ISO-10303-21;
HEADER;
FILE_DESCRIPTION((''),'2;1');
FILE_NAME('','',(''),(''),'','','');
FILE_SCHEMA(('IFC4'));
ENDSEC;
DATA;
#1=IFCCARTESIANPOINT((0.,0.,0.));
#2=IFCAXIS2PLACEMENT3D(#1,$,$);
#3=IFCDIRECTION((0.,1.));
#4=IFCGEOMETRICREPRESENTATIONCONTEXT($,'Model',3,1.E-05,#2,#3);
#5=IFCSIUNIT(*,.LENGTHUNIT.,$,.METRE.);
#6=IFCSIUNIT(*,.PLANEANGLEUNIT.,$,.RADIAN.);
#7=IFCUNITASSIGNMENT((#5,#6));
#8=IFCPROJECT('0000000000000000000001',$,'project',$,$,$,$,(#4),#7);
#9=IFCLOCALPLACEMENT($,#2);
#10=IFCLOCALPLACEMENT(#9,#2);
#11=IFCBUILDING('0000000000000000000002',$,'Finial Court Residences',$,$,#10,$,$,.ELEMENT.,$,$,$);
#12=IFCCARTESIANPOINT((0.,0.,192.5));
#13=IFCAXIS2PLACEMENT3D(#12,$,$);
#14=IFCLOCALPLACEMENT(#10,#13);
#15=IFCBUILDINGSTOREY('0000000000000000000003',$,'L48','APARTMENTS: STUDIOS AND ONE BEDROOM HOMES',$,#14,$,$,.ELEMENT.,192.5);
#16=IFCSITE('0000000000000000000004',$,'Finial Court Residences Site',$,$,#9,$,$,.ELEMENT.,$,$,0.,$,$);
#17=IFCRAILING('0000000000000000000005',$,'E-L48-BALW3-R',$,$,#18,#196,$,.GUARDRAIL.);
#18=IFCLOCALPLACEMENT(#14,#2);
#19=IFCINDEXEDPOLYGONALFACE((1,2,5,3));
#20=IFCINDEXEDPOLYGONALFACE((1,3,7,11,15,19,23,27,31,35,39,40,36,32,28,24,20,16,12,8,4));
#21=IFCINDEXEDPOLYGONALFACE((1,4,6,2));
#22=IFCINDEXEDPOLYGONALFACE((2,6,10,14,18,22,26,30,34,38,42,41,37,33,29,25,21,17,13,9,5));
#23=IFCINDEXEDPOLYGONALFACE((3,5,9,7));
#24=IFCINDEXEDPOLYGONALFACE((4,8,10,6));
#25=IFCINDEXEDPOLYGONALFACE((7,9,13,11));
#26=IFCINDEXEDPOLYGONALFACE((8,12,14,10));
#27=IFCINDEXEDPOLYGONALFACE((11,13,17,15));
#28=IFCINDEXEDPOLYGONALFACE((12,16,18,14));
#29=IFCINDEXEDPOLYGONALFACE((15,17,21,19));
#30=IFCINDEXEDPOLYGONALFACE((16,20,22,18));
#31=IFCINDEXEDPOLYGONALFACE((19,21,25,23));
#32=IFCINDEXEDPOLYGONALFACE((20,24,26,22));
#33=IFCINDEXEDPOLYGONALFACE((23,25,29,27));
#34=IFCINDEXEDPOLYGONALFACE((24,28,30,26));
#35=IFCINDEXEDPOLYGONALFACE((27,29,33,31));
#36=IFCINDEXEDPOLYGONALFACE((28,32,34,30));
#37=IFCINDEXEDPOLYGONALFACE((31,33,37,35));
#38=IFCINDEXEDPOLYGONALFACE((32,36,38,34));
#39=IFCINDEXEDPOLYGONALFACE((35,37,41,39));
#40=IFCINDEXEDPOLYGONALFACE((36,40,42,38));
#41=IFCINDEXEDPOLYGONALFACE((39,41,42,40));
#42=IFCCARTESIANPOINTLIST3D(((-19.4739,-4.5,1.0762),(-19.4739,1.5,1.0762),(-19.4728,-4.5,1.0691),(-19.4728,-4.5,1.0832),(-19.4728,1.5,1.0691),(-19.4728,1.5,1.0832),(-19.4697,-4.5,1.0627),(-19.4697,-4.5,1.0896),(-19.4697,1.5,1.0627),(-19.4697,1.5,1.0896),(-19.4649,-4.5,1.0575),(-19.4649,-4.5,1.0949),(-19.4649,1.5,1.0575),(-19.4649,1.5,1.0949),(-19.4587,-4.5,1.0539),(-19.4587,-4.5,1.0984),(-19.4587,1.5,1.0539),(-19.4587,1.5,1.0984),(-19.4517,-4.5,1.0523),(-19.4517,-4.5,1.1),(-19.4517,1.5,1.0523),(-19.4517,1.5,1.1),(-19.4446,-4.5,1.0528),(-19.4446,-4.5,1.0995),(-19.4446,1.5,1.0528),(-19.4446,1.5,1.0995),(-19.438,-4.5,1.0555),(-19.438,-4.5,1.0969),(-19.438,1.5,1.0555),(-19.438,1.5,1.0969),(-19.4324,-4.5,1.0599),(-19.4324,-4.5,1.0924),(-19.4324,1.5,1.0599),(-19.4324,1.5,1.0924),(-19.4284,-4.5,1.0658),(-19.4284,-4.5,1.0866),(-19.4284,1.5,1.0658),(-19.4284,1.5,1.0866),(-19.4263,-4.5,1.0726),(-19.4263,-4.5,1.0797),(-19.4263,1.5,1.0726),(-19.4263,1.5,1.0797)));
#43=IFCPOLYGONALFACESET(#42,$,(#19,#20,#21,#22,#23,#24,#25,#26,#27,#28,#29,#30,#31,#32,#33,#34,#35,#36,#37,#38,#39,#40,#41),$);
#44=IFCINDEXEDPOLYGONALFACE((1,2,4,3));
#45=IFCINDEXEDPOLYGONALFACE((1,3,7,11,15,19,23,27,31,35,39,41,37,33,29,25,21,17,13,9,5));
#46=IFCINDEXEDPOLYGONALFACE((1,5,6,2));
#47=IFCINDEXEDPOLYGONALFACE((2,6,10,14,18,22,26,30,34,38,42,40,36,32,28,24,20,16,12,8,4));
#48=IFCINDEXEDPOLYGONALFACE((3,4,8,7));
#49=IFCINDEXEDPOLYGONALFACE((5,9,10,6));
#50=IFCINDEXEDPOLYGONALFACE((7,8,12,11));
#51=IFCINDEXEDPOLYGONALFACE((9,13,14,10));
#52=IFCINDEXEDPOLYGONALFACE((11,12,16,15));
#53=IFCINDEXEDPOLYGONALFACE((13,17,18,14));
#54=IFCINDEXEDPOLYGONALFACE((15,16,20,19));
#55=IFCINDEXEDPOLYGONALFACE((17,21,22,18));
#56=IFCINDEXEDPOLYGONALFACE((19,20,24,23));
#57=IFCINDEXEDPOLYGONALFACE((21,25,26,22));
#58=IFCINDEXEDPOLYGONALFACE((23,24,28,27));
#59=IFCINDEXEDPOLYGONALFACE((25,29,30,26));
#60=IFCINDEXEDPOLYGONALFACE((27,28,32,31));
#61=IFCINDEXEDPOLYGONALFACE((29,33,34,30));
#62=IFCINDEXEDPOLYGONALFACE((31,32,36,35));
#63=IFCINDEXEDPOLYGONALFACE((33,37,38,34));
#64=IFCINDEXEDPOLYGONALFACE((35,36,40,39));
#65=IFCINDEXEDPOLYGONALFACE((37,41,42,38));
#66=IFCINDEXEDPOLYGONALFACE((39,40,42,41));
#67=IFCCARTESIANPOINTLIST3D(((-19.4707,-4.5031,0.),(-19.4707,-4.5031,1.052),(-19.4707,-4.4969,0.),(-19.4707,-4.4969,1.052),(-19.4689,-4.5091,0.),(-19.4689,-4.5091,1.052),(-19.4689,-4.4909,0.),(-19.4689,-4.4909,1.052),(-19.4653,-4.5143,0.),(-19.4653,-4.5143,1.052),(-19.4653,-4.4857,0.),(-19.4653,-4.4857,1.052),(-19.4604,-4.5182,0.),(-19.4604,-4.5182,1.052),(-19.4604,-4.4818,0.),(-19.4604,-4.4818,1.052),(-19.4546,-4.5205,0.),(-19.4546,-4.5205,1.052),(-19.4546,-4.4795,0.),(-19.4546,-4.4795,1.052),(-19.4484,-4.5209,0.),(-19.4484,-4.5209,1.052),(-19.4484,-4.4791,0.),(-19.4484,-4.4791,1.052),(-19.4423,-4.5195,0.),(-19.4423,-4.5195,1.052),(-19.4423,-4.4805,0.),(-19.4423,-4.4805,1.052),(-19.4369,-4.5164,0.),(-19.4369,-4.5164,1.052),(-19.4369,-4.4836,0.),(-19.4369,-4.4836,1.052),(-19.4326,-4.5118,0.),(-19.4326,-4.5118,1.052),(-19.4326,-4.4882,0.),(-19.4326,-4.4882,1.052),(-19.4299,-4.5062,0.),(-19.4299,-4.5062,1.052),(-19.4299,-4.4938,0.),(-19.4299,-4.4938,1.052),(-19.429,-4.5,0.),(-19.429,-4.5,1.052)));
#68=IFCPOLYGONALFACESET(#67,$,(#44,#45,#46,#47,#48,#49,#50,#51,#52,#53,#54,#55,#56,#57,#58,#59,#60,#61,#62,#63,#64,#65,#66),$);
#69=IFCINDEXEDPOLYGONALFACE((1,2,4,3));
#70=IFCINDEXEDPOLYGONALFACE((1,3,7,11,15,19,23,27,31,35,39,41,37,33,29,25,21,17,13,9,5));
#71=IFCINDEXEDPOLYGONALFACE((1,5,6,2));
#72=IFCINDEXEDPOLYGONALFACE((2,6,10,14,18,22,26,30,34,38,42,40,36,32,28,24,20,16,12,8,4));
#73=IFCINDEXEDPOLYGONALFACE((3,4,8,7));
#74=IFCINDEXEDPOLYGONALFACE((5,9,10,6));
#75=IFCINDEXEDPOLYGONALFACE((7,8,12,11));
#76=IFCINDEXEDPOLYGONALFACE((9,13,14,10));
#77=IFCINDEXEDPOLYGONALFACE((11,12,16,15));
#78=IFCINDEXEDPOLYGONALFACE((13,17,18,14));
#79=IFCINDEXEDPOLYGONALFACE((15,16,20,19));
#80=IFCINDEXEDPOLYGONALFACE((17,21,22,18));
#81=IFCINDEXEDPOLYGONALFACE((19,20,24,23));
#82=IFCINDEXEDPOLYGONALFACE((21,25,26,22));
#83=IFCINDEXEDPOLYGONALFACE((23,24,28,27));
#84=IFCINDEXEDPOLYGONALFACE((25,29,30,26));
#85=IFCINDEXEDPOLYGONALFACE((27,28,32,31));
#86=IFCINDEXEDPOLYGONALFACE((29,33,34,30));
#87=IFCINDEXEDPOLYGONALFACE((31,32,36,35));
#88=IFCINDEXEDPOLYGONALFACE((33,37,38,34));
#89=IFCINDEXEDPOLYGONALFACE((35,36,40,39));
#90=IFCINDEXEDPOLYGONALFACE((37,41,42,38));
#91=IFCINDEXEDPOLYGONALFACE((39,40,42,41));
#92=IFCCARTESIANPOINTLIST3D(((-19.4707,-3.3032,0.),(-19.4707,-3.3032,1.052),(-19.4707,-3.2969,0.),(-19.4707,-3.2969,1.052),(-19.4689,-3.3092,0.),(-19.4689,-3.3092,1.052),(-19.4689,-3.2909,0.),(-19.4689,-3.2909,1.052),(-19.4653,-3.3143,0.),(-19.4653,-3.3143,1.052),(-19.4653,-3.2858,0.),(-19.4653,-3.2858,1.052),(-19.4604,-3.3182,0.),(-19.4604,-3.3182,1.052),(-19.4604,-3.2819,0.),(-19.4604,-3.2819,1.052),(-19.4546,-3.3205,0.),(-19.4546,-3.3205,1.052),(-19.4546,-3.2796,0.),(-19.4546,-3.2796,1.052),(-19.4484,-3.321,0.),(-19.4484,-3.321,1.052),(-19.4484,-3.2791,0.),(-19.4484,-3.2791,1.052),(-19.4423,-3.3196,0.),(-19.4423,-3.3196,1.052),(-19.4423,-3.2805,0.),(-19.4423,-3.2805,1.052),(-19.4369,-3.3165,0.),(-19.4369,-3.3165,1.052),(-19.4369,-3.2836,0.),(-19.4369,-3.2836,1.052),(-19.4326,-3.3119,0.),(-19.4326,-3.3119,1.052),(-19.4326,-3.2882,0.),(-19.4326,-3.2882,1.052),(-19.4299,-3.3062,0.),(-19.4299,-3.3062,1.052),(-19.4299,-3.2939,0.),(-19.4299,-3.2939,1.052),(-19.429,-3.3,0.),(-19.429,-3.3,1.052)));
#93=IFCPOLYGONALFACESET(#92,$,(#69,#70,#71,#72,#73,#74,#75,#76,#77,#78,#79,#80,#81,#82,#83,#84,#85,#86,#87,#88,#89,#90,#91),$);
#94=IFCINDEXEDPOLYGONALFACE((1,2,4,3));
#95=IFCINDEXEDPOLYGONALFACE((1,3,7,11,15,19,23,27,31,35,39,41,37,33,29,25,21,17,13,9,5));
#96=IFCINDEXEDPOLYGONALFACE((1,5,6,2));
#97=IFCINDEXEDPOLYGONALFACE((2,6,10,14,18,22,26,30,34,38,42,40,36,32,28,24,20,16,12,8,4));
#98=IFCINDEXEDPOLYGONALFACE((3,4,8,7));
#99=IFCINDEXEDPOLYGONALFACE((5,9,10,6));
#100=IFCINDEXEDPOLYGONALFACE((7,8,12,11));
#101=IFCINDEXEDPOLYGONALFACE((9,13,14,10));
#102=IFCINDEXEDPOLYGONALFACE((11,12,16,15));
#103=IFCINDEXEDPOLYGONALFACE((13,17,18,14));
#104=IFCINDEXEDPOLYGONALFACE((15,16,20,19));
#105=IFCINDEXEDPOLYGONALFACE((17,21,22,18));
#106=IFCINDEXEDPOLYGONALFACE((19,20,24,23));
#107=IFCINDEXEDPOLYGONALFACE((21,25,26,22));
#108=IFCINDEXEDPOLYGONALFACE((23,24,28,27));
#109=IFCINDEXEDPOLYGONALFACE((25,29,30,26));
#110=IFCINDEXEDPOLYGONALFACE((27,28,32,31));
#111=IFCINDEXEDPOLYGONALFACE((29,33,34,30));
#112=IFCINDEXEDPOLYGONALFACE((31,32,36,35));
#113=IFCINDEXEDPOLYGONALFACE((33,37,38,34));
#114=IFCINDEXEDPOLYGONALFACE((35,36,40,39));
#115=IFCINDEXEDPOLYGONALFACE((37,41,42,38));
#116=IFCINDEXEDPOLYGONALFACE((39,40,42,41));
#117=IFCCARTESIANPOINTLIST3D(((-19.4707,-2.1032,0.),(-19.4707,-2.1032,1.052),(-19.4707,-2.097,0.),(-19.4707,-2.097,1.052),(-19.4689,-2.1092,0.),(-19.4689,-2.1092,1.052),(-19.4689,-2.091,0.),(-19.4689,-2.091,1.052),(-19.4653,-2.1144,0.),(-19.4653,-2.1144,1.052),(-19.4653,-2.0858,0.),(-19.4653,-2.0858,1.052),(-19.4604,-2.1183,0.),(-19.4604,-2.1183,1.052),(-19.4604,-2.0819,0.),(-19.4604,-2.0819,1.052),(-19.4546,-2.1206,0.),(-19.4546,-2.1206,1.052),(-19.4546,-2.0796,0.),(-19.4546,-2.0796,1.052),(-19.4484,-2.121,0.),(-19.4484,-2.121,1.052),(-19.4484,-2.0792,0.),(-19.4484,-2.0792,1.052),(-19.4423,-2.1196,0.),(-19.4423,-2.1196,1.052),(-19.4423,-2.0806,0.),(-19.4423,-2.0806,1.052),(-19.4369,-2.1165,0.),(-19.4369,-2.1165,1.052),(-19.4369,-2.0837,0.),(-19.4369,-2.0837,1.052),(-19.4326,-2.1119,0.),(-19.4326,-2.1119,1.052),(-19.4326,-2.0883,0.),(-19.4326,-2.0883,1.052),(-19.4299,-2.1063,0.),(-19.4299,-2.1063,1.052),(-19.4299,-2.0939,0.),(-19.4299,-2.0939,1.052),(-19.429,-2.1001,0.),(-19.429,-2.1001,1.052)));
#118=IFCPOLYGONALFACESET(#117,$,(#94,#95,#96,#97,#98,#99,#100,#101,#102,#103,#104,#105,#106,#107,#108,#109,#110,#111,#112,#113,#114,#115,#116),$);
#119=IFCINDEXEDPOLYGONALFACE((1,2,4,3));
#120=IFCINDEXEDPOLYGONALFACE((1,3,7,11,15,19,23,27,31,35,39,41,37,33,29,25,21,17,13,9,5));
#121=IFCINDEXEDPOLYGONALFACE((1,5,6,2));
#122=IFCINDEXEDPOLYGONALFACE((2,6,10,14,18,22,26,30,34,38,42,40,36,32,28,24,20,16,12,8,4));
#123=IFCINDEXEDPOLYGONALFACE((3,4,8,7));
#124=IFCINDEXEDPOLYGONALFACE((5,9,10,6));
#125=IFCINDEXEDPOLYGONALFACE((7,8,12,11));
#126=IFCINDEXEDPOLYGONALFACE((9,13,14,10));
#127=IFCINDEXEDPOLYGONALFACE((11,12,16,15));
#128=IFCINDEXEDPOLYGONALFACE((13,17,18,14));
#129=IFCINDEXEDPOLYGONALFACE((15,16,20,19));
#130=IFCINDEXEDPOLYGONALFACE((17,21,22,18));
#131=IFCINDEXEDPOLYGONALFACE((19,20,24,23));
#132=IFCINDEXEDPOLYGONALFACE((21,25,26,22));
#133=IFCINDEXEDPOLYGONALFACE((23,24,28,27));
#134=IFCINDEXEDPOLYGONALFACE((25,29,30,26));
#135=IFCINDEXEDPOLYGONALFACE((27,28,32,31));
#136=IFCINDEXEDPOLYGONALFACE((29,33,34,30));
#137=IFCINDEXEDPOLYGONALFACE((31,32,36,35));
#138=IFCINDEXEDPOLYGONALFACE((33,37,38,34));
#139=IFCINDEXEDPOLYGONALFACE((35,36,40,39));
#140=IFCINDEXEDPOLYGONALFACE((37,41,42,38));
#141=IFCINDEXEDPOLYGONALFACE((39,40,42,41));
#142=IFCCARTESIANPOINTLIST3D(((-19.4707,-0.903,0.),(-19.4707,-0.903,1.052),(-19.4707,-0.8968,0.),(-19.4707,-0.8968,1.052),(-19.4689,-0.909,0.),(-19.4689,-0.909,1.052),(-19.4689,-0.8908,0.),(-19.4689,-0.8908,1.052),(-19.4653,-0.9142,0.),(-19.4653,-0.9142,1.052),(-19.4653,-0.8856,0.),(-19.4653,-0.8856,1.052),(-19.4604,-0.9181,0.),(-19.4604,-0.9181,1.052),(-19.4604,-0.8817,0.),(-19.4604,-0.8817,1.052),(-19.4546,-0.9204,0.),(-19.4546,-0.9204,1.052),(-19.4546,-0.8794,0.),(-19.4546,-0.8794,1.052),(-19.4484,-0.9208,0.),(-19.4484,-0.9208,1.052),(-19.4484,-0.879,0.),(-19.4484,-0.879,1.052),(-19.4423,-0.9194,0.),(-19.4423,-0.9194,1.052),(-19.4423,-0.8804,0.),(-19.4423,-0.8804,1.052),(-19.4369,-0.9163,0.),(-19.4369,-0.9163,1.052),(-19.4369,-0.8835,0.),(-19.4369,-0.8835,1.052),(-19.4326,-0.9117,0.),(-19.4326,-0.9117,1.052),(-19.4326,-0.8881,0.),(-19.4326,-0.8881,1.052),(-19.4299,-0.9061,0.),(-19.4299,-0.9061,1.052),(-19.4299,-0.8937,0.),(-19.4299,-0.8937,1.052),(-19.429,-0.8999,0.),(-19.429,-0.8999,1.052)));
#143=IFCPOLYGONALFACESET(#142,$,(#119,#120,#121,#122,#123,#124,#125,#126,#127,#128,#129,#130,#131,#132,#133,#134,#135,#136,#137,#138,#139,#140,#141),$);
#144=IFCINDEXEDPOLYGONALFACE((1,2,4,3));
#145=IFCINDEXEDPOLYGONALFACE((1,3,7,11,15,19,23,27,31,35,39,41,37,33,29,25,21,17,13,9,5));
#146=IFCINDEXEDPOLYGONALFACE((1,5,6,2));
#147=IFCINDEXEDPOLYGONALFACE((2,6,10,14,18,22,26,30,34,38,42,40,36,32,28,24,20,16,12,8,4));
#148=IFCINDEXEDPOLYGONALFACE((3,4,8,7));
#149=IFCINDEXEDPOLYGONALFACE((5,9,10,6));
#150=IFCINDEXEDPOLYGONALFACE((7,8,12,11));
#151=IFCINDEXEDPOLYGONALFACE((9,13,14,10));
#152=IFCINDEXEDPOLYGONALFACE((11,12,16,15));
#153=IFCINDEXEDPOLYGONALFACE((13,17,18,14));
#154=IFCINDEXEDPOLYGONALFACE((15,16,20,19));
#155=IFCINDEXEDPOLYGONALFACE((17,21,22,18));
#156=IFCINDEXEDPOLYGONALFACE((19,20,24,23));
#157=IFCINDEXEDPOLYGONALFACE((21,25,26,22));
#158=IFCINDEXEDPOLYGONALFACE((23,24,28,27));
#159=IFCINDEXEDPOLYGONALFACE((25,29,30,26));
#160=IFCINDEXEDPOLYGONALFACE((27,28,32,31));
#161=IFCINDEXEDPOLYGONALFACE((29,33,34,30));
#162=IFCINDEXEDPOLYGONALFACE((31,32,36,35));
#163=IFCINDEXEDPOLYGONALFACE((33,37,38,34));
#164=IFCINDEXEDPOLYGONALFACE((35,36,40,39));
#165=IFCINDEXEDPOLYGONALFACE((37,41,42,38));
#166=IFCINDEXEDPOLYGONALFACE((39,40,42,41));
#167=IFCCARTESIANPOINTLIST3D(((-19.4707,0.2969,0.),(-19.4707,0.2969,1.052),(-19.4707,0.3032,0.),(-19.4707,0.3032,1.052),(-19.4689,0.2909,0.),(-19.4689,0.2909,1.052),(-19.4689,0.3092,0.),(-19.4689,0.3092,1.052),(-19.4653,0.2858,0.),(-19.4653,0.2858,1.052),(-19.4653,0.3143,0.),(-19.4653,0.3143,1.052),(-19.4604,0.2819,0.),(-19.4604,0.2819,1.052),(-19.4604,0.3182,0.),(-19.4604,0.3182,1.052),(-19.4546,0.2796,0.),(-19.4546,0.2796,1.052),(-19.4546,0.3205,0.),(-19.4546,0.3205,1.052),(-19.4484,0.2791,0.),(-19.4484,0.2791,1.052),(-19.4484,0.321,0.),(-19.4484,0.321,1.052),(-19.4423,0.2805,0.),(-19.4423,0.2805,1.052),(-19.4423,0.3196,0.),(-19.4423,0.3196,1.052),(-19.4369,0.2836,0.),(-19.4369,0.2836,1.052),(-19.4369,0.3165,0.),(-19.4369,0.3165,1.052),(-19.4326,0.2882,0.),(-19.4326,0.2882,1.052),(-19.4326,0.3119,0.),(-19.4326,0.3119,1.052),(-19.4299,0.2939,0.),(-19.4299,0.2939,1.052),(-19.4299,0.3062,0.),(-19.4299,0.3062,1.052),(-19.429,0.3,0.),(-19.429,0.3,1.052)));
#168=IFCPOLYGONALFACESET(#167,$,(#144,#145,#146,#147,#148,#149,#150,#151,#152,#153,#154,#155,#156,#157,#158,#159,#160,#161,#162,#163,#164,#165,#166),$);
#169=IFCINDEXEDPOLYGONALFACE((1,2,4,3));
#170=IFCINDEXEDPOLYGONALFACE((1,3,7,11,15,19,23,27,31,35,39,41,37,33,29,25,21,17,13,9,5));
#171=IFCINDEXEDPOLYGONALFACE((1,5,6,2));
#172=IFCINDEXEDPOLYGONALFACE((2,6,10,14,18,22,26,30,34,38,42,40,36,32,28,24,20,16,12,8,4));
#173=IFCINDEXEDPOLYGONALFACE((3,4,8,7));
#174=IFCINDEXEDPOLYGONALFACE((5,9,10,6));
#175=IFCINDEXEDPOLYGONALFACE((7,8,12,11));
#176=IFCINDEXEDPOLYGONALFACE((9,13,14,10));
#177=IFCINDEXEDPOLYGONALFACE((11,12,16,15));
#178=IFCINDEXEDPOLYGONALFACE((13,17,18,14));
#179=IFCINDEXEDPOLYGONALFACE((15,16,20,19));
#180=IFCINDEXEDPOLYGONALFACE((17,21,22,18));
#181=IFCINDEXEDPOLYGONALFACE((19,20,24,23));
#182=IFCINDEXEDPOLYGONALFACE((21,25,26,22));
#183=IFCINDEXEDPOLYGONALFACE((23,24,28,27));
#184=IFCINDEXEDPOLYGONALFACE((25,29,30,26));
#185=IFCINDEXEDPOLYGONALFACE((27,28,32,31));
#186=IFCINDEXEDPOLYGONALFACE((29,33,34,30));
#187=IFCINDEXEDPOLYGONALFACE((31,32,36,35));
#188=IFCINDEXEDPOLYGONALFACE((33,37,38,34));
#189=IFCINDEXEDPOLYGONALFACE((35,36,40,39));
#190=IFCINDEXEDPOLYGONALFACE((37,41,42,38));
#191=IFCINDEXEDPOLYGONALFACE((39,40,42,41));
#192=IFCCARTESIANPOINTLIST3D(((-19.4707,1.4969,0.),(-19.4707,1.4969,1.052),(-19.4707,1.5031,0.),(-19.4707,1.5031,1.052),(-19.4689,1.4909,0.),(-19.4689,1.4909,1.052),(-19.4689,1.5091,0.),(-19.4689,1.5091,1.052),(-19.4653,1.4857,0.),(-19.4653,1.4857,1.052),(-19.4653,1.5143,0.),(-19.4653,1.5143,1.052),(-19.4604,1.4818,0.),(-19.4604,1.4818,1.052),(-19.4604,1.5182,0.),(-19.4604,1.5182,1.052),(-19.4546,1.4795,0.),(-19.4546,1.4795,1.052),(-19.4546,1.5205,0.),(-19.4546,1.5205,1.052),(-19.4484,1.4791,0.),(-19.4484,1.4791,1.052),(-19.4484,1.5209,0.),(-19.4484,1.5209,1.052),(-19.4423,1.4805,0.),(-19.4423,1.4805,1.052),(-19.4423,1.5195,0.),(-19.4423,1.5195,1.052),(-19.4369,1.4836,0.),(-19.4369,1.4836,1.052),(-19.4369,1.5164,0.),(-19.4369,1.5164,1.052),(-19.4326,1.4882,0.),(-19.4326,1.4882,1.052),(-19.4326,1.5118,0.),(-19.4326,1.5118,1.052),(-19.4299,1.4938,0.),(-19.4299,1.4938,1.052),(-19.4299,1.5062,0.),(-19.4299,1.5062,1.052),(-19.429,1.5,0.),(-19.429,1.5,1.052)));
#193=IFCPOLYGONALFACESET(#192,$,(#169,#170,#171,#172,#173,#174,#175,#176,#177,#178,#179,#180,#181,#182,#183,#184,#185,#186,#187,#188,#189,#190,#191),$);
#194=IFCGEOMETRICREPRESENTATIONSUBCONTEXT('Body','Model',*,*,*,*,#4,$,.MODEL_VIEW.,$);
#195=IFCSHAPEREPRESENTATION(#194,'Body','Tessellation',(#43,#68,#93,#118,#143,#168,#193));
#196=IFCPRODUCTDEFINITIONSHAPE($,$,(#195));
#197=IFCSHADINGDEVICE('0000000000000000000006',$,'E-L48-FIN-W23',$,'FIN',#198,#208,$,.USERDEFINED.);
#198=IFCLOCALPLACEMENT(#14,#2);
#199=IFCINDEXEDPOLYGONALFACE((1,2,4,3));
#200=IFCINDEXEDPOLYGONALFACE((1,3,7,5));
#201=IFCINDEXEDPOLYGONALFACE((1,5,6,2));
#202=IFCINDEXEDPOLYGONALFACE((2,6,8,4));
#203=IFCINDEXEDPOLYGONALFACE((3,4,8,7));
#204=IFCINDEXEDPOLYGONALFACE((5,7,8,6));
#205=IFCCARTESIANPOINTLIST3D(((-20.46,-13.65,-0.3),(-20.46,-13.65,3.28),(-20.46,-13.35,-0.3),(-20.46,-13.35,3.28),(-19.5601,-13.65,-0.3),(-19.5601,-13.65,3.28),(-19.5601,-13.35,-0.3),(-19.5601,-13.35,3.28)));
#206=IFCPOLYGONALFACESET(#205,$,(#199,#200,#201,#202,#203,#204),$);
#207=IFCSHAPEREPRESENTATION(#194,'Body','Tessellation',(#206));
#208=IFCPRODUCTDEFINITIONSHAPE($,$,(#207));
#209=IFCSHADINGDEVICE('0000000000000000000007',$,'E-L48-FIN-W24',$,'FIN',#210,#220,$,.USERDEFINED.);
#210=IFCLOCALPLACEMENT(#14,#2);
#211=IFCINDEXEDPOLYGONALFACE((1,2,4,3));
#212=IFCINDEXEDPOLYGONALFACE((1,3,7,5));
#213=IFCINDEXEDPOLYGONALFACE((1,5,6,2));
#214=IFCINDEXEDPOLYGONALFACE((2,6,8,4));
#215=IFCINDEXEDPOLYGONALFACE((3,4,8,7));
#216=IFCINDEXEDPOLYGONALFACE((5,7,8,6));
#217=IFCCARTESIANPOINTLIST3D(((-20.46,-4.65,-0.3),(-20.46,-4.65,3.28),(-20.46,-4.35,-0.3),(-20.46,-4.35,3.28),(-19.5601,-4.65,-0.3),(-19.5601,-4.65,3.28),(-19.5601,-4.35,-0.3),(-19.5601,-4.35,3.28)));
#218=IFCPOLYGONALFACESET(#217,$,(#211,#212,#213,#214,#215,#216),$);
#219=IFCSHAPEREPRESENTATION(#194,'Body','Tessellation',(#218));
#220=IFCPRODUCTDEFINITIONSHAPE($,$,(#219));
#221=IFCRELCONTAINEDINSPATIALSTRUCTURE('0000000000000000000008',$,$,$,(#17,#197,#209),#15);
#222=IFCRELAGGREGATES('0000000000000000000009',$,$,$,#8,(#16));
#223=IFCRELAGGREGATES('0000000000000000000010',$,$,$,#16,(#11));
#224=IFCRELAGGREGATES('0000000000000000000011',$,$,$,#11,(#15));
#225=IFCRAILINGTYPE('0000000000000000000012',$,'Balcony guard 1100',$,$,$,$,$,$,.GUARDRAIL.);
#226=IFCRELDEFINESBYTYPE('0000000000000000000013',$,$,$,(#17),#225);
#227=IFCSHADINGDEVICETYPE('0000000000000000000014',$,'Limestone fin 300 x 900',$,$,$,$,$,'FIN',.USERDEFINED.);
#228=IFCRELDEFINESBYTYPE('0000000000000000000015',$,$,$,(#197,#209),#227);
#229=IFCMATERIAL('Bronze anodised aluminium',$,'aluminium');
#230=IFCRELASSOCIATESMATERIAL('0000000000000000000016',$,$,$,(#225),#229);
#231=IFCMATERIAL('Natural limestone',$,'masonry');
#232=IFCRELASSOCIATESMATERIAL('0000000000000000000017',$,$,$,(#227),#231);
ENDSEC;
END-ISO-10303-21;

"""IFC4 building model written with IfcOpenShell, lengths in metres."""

from ifc_helpers import new_model, si_unit, direction, frame, origin, origin_2d, place, context, subcontext, project, spatial, rectangle, circle, extrude, material, type_object, element, save


model = new_model("IFC4")

# Units and contexts
model_context = context("Model", 3, precision=1e-05, world=origin(), true_north=direction((0.0, 1.0)))
body_context = subcontext(model_context, "Body", "Model", "MODEL_VIEW")
ifc_project = project(units=[si_unit("LENGTHUNIT", "METRE"), si_unit("PLANEANGLEUNIT", "RADIAN")], contexts=[model_context])

# Site, building, storey
site_placement = place(None, origin())
site = spatial("IfcSite", under=ifc_project, at=site_placement, Name="Finial Court Residences Site", CompositionType="ELEMENT", RefElevation=0.0)
building_placement = place(site_placement, origin())
building = spatial("IfcBuilding", under=site, at=building_placement, Name="Finial Court Residences", CompositionType="ELEMENT")
storey_placement = place(building_placement, frame((0.0, 0.0, 192.5)))
storey = spatial("IfcBuildingStorey", under=building, at=storey_placement, Name="L48", Description="APARTMENTS: STUDIOS AND ONE BEDROOM HOMES", CompositionType="ELEMENT", Elevation=192.5)

# Shared definitions
ifc_material_1 = material(Name="Bronze anodised aluminium", Category="aluminium")

# Shared definitions
ifc_material_2 = material(Name="Natural limestone", Category="masonry")

# Railing
railing_type = type_object("IfcRailingType", Name="Balcony guard 1100", PredefinedType="GUARDRAIL", material=ifc_material_1)
railing_placement = place(storey_placement, frame((-19.45, -4.5, 0.0)))
element("IfcRailing", 1, at=railing_placement, inside=storey, type_object=railing_type, Name="E-L48-BALW3-R", PredefinedType="GUARDRAIL", context=body_context, shape_type="SweptSolid", body=[
    extrude(circle(Radius=0.0239, at=origin_2d()), frame((0.0, 0.0, 1.0762), z_axis=(0.0, 1.0, 0.0), x_axis=(-1.0, 0.0, 0.0)), (0.0, 0.0, 1.0), 6.0),
    extrude(circle(Radius=0.021, at=origin_2d()), origin(), (0.0, 0.0, 1.0), 1.052),
    extrude(circle(Radius=0.021, at=origin_2d()), frame((0.0, 1.2, 0.0)), (0.0, 0.0, 1.0), 1.052),
    extrude(circle(Radius=0.021, at=origin_2d()), frame((0.0, 2.3999, 0.0)), (0.0, 0.0, 1.0), 1.052),
    extrude(circle(Radius=0.021, at=origin_2d()), frame((0.0, 3.6001, 0.0)), (0.0, 0.0, 1.0), 1.052),
    extrude(circle(Radius=0.021, at=origin_2d()), frame((0.0, 4.8, 0.0)), (0.0, 0.0, 1.0), 1.052),
    extrude(circle(Radius=0.021, at=origin_2d()), frame((0.0, 6.0, 0.0)), (0.0, 0.0, 1.0), 1.052),
])

# Shading devices
shading_device_type = type_object("IfcShadingDeviceType", Name="Limestone fin 300 x 900", ElementType="FIN", PredefinedType="USERDEFINED", material=ifc_material_2)
for number, where, z_axis, x_axis, name in (
    (2, (-20.01, -13.5, -0.3), (0.0, 0.0, 1.0), (1.0, 0.0, 0.0), "E-L48-FIN-W23"),
    (3, (-20.01, -4.5, -0.3), (0.0, 0.0, 1.0), (1.0, 0.0, 0.0), "E-L48-FIN-W24"),
):
    element("IfcShadingDevice", number, at=place(storey_placement, frame(where, z_axis=z_axis, x_axis=x_axis)), inside=storey, type_object=shading_device_type, Name=name, ObjectType="FIN", PredefinedType="USERDEFINED", context=body_context, shape_type="SweptSolid", body=[
        extrude(rectangle(XDim=0.8999, YDim=0.3, at=origin_2d()), origin(), (0.0, 0.0, 1.0), 3.5801),
    ])

save(model, "model.ifc")
